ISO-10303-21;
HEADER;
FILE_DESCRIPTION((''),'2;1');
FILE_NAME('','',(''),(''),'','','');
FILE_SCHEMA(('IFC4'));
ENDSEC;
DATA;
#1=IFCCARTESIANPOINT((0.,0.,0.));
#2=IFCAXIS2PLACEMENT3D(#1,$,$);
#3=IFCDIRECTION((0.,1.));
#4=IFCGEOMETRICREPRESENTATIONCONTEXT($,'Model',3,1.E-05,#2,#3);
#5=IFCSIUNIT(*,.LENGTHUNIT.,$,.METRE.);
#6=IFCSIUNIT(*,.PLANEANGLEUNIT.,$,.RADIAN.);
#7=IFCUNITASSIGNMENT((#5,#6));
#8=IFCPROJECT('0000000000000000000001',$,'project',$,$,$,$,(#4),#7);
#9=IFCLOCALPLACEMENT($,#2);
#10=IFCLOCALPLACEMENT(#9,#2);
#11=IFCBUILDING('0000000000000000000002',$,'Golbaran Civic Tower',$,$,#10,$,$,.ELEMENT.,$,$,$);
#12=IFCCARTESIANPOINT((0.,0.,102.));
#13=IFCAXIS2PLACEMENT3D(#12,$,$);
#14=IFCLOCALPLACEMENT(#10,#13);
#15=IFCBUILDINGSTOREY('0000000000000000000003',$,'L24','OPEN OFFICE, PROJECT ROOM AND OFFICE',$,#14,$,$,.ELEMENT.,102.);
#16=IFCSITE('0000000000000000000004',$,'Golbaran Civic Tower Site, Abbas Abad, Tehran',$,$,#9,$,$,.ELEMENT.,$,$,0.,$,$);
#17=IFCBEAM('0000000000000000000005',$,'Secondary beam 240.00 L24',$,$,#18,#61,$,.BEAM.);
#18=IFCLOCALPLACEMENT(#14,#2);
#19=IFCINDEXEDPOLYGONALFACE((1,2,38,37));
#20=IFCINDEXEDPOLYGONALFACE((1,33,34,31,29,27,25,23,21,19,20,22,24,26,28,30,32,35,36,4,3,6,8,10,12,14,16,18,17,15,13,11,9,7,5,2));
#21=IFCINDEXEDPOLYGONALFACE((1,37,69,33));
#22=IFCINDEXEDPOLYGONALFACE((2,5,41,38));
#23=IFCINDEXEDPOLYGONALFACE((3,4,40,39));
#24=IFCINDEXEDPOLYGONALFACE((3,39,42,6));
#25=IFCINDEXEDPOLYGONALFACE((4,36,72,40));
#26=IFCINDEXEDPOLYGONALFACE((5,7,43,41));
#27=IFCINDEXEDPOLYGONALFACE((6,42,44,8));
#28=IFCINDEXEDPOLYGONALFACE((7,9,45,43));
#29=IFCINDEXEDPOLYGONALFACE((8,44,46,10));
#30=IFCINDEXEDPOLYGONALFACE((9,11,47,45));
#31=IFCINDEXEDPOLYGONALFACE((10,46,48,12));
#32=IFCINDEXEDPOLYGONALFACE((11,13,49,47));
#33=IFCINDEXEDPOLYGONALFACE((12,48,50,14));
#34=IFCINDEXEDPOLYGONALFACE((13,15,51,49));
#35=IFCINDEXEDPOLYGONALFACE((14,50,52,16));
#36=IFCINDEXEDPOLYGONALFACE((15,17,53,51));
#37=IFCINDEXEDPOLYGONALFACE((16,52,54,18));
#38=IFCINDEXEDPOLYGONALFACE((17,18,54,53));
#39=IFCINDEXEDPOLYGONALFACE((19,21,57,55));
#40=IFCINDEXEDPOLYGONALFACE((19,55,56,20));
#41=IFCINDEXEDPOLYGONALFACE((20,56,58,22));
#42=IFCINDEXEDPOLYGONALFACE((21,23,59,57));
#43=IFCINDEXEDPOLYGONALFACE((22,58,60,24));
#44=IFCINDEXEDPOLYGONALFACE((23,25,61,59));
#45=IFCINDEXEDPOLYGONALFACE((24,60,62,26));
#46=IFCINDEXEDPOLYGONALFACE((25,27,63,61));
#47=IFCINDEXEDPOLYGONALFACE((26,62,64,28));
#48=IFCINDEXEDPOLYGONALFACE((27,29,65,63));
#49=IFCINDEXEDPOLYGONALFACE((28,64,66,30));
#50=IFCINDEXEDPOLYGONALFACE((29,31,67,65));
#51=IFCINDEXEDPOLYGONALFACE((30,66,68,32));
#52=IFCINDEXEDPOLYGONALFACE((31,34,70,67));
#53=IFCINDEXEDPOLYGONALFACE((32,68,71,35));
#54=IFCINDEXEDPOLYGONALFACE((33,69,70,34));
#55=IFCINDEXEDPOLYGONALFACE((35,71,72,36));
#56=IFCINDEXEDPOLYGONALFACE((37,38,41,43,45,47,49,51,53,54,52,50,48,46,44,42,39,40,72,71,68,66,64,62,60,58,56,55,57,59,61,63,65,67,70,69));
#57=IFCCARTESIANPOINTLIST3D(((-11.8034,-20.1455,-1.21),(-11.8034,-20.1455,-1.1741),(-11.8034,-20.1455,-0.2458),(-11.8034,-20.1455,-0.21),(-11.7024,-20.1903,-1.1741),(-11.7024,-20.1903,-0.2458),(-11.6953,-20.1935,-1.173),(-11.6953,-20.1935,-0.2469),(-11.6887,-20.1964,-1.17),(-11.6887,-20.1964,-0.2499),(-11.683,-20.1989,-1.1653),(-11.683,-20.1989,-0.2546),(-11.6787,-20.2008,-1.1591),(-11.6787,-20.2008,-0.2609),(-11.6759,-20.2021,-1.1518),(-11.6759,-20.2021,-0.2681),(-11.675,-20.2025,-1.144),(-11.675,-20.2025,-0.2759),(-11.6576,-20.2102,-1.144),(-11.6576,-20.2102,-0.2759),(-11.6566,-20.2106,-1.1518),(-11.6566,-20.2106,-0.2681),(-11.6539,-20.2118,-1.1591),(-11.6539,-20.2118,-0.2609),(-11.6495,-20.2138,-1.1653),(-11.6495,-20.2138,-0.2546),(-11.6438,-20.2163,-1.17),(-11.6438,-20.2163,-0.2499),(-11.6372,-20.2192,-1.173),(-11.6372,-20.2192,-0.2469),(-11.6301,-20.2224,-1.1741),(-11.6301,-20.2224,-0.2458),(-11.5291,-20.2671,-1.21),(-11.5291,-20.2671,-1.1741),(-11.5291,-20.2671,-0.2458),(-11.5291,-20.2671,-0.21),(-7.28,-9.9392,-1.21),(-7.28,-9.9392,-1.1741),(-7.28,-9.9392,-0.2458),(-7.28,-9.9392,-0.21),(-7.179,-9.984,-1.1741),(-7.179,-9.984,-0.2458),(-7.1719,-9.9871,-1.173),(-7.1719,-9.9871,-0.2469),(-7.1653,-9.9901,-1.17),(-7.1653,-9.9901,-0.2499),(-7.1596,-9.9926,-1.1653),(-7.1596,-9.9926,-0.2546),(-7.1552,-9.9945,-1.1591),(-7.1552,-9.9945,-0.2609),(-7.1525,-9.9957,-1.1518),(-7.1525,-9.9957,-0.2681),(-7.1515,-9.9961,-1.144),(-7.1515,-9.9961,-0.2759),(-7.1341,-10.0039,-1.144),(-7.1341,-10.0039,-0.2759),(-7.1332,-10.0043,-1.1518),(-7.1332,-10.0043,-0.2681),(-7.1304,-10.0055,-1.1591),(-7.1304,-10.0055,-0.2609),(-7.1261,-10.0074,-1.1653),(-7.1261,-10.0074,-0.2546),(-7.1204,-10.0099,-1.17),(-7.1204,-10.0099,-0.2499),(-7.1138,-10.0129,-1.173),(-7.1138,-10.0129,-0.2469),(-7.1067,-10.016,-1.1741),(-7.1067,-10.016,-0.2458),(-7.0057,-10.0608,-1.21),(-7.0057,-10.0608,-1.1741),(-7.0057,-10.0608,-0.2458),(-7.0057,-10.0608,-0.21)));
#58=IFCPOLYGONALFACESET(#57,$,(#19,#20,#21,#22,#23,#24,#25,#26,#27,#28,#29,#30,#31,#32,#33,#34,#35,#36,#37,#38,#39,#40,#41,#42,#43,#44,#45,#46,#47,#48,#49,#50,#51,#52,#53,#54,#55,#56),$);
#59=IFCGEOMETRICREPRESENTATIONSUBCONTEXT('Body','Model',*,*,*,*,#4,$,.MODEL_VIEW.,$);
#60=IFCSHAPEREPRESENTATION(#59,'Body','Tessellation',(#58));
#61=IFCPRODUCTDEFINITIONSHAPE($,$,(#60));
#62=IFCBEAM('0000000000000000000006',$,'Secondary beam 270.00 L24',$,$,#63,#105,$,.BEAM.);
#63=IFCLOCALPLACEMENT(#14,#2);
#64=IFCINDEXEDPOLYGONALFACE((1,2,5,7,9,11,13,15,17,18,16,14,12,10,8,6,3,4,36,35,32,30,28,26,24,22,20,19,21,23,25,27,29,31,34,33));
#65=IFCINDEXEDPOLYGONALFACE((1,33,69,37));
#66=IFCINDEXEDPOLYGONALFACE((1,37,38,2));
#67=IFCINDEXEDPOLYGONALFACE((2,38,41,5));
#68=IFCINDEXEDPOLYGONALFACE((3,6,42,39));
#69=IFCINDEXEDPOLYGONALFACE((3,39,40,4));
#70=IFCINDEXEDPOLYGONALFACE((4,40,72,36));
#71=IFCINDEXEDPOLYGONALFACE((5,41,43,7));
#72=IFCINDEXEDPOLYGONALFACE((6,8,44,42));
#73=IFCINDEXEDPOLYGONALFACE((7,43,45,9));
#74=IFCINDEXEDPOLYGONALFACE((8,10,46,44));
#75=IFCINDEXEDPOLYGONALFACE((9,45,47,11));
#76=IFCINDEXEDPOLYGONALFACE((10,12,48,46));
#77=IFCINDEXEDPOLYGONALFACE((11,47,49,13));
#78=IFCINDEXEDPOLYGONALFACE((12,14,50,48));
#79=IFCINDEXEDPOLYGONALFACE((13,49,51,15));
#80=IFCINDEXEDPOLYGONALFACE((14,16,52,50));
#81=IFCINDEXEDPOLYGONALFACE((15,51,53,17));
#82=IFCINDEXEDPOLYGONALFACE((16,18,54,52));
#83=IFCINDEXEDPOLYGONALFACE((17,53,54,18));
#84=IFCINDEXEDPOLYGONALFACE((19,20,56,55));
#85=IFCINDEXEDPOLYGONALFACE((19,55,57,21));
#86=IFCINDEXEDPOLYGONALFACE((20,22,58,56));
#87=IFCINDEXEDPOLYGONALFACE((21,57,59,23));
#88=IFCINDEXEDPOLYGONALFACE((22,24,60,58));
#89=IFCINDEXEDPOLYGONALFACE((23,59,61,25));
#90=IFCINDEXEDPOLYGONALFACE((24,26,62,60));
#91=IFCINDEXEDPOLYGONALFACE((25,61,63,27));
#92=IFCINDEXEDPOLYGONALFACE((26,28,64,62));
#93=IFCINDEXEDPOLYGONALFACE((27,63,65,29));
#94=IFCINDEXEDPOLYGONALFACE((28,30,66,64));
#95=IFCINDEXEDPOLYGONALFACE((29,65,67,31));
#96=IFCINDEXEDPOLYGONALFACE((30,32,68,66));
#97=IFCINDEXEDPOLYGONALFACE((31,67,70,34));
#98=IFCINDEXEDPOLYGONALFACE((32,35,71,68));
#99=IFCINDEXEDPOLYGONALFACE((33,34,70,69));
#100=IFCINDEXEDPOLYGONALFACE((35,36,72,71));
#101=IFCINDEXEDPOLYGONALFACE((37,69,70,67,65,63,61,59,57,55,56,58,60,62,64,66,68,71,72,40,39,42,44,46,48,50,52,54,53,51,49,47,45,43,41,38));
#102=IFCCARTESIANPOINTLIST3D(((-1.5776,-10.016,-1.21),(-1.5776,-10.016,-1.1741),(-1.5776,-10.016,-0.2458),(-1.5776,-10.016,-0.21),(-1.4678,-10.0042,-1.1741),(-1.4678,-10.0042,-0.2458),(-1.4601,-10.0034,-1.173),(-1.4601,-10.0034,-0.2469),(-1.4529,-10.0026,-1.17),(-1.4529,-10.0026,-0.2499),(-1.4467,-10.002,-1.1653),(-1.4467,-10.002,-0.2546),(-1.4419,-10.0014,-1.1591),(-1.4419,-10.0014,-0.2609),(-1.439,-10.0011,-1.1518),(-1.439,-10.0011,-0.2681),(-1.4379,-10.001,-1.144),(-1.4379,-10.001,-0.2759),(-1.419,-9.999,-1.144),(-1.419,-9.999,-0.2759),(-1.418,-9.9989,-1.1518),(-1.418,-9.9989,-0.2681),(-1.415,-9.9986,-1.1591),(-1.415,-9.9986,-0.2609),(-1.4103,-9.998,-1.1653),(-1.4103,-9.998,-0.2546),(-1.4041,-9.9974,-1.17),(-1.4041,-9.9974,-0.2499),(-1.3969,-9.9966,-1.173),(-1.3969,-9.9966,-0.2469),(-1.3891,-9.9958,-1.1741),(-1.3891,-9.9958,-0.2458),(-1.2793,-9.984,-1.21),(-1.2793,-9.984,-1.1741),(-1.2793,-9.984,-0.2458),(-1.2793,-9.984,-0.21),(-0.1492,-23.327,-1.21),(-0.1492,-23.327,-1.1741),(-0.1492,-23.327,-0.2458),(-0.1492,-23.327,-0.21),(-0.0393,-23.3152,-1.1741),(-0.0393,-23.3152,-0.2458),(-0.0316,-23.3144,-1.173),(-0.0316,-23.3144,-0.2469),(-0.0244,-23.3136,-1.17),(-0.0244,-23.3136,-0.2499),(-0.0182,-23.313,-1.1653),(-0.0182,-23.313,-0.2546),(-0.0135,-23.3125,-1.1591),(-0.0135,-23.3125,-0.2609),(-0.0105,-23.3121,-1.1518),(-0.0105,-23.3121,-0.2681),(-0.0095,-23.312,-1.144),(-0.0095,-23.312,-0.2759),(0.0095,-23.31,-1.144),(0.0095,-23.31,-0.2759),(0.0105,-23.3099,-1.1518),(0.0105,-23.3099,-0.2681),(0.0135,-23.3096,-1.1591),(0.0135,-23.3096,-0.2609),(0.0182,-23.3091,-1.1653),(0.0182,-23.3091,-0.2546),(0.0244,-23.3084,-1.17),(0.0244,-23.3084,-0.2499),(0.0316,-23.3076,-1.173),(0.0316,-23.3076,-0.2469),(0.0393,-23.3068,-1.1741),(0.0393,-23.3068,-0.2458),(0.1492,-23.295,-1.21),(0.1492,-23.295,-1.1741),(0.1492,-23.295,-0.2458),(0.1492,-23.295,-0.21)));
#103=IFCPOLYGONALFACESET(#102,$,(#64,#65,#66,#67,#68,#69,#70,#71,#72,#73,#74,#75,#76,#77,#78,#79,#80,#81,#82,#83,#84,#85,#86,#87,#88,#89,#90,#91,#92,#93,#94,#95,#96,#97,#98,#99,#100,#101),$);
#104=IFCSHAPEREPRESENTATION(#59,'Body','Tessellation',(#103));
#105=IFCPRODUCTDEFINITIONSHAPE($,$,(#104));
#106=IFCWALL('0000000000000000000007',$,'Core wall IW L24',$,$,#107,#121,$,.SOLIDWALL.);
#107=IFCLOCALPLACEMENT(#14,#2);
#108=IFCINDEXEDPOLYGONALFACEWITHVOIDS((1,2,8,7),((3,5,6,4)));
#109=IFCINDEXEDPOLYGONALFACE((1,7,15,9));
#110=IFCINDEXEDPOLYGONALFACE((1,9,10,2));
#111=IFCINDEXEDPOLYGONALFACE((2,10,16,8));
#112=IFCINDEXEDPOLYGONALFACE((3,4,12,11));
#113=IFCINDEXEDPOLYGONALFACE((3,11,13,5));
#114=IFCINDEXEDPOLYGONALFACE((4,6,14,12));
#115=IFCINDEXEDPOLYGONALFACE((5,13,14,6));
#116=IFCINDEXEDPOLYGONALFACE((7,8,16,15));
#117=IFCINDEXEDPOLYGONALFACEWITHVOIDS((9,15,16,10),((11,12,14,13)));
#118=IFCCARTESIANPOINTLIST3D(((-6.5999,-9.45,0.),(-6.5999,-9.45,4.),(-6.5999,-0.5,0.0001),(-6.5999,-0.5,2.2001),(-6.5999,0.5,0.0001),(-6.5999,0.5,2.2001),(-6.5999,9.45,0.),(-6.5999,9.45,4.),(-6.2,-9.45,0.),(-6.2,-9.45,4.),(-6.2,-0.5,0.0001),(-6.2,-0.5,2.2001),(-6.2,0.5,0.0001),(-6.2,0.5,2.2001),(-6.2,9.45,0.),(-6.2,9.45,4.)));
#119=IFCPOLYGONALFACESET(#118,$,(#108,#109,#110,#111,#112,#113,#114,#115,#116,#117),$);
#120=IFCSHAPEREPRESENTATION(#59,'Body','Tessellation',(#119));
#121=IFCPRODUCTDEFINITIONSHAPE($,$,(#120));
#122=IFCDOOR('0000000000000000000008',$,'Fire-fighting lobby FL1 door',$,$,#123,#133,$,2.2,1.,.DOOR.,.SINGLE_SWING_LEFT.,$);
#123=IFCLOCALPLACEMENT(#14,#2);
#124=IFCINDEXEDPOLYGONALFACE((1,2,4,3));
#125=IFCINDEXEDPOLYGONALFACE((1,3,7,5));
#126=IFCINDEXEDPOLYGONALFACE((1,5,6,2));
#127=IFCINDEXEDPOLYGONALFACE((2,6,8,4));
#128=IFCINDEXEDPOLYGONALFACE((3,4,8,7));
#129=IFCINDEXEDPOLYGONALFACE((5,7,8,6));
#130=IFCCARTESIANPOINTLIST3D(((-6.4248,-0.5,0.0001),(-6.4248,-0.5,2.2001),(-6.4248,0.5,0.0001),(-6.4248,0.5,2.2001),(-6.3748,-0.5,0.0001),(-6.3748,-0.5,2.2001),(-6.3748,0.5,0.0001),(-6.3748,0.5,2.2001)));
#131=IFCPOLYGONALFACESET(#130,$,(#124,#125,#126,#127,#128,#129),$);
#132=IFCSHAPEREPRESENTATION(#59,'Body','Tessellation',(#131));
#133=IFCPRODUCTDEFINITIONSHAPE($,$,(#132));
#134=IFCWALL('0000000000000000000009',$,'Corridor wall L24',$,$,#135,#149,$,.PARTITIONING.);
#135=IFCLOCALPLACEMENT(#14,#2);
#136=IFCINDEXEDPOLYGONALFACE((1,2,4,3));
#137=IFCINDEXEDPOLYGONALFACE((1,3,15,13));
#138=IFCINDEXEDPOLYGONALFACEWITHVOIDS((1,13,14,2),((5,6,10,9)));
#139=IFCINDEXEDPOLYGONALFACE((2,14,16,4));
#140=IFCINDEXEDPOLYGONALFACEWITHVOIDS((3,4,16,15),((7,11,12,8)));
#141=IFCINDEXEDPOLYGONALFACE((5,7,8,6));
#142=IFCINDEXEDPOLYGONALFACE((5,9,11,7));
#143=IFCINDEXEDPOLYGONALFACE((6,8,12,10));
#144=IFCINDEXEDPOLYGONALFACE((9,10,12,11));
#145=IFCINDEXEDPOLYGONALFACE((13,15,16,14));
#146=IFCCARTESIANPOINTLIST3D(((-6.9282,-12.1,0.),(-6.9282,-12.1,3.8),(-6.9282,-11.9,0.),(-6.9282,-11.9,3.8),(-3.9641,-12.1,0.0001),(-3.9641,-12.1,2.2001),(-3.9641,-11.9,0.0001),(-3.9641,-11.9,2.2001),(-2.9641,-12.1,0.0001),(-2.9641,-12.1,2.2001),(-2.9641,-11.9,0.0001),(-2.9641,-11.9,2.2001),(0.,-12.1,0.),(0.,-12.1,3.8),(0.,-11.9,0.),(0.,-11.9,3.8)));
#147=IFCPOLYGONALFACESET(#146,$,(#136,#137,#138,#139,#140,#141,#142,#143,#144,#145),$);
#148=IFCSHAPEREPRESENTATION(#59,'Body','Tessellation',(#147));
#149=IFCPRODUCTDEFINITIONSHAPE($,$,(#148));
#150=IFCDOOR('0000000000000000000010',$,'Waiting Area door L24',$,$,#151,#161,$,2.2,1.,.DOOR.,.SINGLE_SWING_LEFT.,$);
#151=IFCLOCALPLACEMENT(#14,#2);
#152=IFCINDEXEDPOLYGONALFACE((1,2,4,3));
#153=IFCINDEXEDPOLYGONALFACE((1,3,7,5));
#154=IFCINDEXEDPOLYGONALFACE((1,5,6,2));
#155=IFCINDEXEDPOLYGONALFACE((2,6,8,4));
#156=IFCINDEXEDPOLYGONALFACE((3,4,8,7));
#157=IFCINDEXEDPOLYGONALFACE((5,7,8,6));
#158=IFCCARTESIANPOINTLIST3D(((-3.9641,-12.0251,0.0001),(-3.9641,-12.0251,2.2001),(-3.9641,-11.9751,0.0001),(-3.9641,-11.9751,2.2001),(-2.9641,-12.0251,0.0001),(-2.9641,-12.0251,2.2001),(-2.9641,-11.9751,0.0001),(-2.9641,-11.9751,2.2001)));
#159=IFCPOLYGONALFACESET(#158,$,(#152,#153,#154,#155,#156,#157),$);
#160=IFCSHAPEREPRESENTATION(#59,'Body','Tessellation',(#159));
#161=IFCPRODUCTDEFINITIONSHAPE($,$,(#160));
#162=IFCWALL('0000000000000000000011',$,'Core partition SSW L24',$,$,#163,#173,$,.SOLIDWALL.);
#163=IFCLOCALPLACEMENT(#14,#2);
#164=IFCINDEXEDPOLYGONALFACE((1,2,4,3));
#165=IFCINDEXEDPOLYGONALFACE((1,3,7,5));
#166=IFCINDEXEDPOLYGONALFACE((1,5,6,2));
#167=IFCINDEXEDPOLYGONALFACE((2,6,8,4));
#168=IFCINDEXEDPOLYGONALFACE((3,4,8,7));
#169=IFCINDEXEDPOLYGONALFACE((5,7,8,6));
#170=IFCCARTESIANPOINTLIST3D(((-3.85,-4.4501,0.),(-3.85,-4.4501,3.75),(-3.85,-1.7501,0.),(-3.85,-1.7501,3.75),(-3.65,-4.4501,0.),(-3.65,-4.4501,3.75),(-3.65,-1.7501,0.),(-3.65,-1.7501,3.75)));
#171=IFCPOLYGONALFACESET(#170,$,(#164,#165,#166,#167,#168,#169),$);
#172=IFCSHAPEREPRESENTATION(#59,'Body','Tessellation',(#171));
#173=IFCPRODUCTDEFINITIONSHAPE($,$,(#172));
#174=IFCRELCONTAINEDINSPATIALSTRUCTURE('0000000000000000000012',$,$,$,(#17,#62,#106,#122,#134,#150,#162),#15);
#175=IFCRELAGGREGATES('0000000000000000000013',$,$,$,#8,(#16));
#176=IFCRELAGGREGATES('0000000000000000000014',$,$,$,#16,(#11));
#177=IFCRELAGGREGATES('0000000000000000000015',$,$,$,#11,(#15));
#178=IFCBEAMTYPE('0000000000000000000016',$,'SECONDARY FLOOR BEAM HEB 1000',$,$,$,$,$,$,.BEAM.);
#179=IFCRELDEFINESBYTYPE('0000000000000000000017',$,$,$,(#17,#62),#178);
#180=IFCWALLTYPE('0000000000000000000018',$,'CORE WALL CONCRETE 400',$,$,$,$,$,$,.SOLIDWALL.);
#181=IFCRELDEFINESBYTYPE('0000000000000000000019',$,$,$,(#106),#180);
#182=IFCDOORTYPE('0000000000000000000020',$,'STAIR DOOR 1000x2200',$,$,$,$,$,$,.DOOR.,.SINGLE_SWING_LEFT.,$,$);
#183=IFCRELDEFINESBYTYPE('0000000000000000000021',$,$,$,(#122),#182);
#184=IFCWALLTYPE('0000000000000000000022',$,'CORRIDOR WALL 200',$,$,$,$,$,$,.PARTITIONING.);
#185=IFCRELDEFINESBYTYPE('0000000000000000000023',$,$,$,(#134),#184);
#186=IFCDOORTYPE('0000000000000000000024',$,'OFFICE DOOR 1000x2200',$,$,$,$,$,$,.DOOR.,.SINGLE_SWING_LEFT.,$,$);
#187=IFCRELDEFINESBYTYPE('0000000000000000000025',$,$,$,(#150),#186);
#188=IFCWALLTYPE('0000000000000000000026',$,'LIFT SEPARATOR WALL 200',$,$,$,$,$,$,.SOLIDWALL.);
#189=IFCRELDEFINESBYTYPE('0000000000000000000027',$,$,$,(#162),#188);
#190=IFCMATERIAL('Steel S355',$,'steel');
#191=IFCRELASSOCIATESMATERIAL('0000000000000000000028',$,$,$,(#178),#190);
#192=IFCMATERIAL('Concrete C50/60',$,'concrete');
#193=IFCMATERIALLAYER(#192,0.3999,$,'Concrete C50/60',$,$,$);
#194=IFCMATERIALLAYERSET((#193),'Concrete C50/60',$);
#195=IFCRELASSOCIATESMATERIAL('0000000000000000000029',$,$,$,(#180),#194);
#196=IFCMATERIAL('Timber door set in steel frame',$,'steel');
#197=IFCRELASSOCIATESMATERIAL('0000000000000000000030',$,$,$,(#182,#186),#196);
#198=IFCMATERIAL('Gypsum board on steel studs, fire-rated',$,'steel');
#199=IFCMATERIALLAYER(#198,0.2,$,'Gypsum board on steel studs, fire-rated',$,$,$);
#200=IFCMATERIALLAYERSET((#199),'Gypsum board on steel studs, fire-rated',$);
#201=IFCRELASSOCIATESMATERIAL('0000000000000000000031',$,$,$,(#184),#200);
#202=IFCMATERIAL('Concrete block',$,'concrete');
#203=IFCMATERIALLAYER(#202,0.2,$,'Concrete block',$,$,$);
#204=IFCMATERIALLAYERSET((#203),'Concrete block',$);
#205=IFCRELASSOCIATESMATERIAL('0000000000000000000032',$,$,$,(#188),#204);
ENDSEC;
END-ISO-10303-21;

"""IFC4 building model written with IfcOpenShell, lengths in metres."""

from ifc_helpers import new_model, si_unit, direction, frame, frame_2d, origin, origin_2d, place, context, subcontext, project, spatial, rectangle, i_section, extrude, material, layer, layer_set, material_profile, profile_set, type_object, element, fill, save


model = new_model("IFC4")

# Units and contexts
model_context = context("Model", 3, precision=1e-05, world=origin(), true_north=direction((0.0, 1.0)))
body_context = subcontext(model_context, "Body", "Model", "MODEL_VIEW")
ifc_project = project(units=[si_unit("LENGTHUNIT", "METRE"), si_unit("PLANEANGLEUNIT", "RADIAN")], contexts=[model_context])

# Site, building, storey
site_placement = place(None, origin())
site = spatial("IfcSite", under=ifc_project, at=site_placement, Name="Golbaran Civic Tower Site, Abbas Abad, Tehran", CompositionType="ELEMENT", RefElevation=0.0)
building_placement = place(site_placement, origin())
building = spatial("IfcBuilding", under=site, at=building_placement, Name="Golbaran Civic Tower", CompositionType="ELEMENT")
storey_placement = place(building_placement, frame((0.0, 0.0, 102.0)))
storey = spatial("IfcBuildingStorey", under=building, at=storey_placement, Name="L24", Description="OPEN OFFICE, PROJECT ROOM AND OFFICE", CompositionType="ELEMENT", Elevation=102.0)

# Beams
ifc_material_1 = material(Name="Steel S355", Category="steel")
ifc_material_profile_1 = material_profile(ifc_material_1, i_section(OverallWidth=0.3, OverallDepth=1.0, WebThickness=0.019, FlangeThickness=0.0359, FilletRadius=0.03, at=origin_2d()), Name="HEB 1000")
ifc_profile_set_1 = profile_set([ifc_material_profile_1], Name="Steel S355")
beam_type_1 = type_object("IfcBeamType", Name="SECONDARY FLOOR BEAM HEB 1000", PredefinedType="BEAM", material=ifc_profile_set_1)
beam_1_placement = place(storey_placement, frame((-7.1428, -10.0, -0.71), z_axis=(-0.405189, -0.914233, 0.0), x_axis=(0.914233, -0.405189, 0.0)))
element("IfcBeam", 1, at=beam_1_placement, inside=storey, type_object=beam_type_1, Name="Secondary beam 240.00 L24", PredefinedType="BEAM", context=body_context, shape_type="SweptSolid", body=[
    extrude(i_section(OverallWidth=0.3, OverallDepth=1.0, WebThickness=0.019, FlangeThickness=0.0359, FilletRadius=0.03, at=origin_2d()), origin(), (0.0, 0.0, 1.0), 11.1638),
])
beam_2_placement = place(storey_placement, frame((-1.4285, -10.0, -0.71), z_axis=(0.106702, -0.994291, 0.0), x_axis=(0.994291, 0.106702, 0.0)))
element("IfcBeam", 2, at=beam_2_placement, inside=storey, type_object=beam_type_1, Name="Secondary beam 270.00 L24", PredefinedType="BEAM", context=body_context, shape_type="SweptSolid", body=[
    extrude(i_section(OverallWidth=0.3, OverallDepth=1.0, WebThickness=0.019, FlangeThickness=0.0359, FilletRadius=0.03, at=origin_2d()), origin(), (0.0, 0.0, 1.0), 13.3875),
])

# Walls, openings, doors
ifc_material_2 = material(Name="Concrete C50/60", Category="concrete")
ifc_layer_1 = layer(ifc_material_2, 0.3999, Name="Concrete C50/60")
ifc_layer_set_1 = layer_set([ifc_layer_1], Name="Concrete C50/60")
wall_type_1 = type_object("IfcWallType", Name="CORE WALL CONCRETE 400", PredefinedType="SOLIDWALL", material=ifc_layer_set_1)
wall_1_placement = place(storey_placement, frame((-6.3999, -9.45, 0.0), z_axis=(0.0, 0.0, 1.0), x_axis=(0.0, 1.0, 0.0)))
wall_1 = element("IfcWall", 3, at=wall_1_placement, inside=storey, type_object=wall_type_1, Name="Core wall IW L24", PredefinedType="SOLIDWALL", context=body_context, shape_type="SweptSolid", body=[
    extrude(rectangle(XDim=18.8999, YDim=0.3999, at=frame_2d((9.45, 0.0))), origin(), (0.0, 0.0, 1.0), 4.0),
])
opening_1_placement = place(wall_1_placement, frame((8.95, 0.0, 0.0)))
opening_1 = element("IfcOpeningElement", 4, at=opening_1_placement, cuts=wall_1, PredefinedType="OPENING", context=body_context, shape_type="SweptSolid", body=[
    extrude(rectangle(XDim=1.0, YDim=2.2, at=frame_2d((0.5, 1.1001))), frame((0.0, 0.21, 0.0), z_axis=(0.0, -1.0, 0.0), x_axis=(1.0, 0.0, 0.0)), (0.0, 0.0, 1.0), 0.4199),
])
ifc_material_3 = material(Name="Timber door set in steel frame", Category="steel")
door_type_1 = type_object("IfcDoorType", Name="STAIR DOOR 1000x2200", OperationType="SINGLE_SWING_LEFT", PredefinedType="DOOR", material=ifc_material_3)
door_1_placement = place(opening_1_placement, origin())
door_1 = element("IfcDoor", 5, at=door_1_placement, inside=storey, type_object=door_type_1, Name="Fire-fighting lobby FL1 door", OperationType="SINGLE_SWING_LEFT", OverallHeight=2.2, OverallWidth=1.0, PredefinedType="DOOR", context=body_context, shape_type="SweptSolid", body=[
    extrude(rectangle(XDim=1.0, YDim=2.2, at=frame_2d((0.5, 1.1001))), frame((0.0, 0.0249, 0.0), z_axis=(0.0, -1.0, 0.0), x_axis=(1.0, 0.0, 0.0)), (0.0, 0.0, 1.0), 0.05),
])
fill(opening_1, door_1)
ifc_material_4 = material(Name="Gypsum board on steel studs, fire-rated", Category="steel")
ifc_layer_2 = layer(ifc_material_4, 0.2, Name="Gypsum board on steel studs, fire-rated")
ifc_layer_set_2 = layer_set([ifc_layer_2], Name="Gypsum board on steel studs, fire-rated")
wall_type_2 = type_object("IfcWallType", Name="CORRIDOR WALL 200", PredefinedType="PARTITIONING", material=ifc_layer_set_2)
wall_2_placement = place(storey_placement, frame((-6.9282, -12.0, 0.0), z_axis=(0.0, 0.0, 1.0), x_axis=(1.0, 0.0, 0.0)))
wall_2 = element("IfcWall", 6, at=wall_2_placement, inside=storey, type_object=wall_type_2, Name="Corridor wall L24", PredefinedType="PARTITIONING", context=body_context, shape_type="SweptSolid", body=[
    extrude(rectangle(XDim=6.9282, YDim=0.2, at=frame_2d((3.4641, 0.0))), origin(), (0.0, 0.0, 1.0), 3.8),
])
opening_2_placement = place(wall_2_placement, frame((2.9641, 0.0, 0.0)))
opening_2 = element("IfcOpeningElement", 7, at=opening_2_placement, cuts=wall_2, PredefinedType="OPENING", context=body_context, shape_type="SweptSolid", body=[
    extrude(rectangle(XDim=1.0, YDim=2.2, at=frame_2d((0.5, 1.1001))), frame((0.0, 0.1099, 0.0), z_axis=(0.0, -1.0, 0.0), x_axis=(1.0, 0.0, 0.0)), (0.0, 0.0, 1.0), 0.22),
])
door_type_2 = type_object("IfcDoorType", Name="OFFICE DOOR 1000x2200", OperationType="SINGLE_SWING_LEFT", PredefinedType="DOOR", material=ifc_material_3)
door_2_placement = place(opening_2_placement, origin())
door_2 = element("IfcDoor", 8, at=door_2_placement, inside=storey, type_object=door_type_2, Name="Waiting Area door L24", OperationType="SINGLE_SWING_LEFT", OverallHeight=2.2, OverallWidth=1.0, PredefinedType="DOOR", context=body_context, shape_type="SweptSolid", body=[
    extrude(rectangle(XDim=1.0, YDim=2.2, at=frame_2d((0.5, 1.1001))), frame((0.0, 0.0249, 0.0), z_axis=(0.0, -1.0, 0.0), x_axis=(1.0, 0.0, 0.0)), (0.0, 0.0, 1.0), 0.05),
])
fill(opening_2, door_2)

# Wall
ifc_material_5 = material(Name="Concrete block", Category="concrete")
ifc_layer_3 = layer(ifc_material_5, 0.2, Name="Concrete block")
ifc_layer_set_3 = layer_set([ifc_layer_3], Name="Concrete block")
wall_type_3 = type_object("IfcWallType", Name="LIFT SEPARATOR WALL 200", PredefinedType="SOLIDWALL", material=ifc_layer_set_3)
for number, where, z_axis, x_axis, name in (
    (9, (-3.75, -1.75, 0.0), (0.0, 0.0, 1.0), (0.0, -1.0, 0.0), "Core partition SSW L24"),
):
    element("IfcWall", number, at=place(storey_placement, frame(where, z_axis=z_axis, x_axis=x_axis)), inside=storey, type_object=wall_type_3, Name=name, PredefinedType="SOLIDWALL", context=body_context, shape_type="SweptSolid", body=[
        extrude(rectangle(XDim=2.7, YDim=0.2, at=frame_2d((1.3501, 0.0))), origin(), (0.0, 0.0, 1.0), 3.75),
    ])

save(model, "model.ifc")
